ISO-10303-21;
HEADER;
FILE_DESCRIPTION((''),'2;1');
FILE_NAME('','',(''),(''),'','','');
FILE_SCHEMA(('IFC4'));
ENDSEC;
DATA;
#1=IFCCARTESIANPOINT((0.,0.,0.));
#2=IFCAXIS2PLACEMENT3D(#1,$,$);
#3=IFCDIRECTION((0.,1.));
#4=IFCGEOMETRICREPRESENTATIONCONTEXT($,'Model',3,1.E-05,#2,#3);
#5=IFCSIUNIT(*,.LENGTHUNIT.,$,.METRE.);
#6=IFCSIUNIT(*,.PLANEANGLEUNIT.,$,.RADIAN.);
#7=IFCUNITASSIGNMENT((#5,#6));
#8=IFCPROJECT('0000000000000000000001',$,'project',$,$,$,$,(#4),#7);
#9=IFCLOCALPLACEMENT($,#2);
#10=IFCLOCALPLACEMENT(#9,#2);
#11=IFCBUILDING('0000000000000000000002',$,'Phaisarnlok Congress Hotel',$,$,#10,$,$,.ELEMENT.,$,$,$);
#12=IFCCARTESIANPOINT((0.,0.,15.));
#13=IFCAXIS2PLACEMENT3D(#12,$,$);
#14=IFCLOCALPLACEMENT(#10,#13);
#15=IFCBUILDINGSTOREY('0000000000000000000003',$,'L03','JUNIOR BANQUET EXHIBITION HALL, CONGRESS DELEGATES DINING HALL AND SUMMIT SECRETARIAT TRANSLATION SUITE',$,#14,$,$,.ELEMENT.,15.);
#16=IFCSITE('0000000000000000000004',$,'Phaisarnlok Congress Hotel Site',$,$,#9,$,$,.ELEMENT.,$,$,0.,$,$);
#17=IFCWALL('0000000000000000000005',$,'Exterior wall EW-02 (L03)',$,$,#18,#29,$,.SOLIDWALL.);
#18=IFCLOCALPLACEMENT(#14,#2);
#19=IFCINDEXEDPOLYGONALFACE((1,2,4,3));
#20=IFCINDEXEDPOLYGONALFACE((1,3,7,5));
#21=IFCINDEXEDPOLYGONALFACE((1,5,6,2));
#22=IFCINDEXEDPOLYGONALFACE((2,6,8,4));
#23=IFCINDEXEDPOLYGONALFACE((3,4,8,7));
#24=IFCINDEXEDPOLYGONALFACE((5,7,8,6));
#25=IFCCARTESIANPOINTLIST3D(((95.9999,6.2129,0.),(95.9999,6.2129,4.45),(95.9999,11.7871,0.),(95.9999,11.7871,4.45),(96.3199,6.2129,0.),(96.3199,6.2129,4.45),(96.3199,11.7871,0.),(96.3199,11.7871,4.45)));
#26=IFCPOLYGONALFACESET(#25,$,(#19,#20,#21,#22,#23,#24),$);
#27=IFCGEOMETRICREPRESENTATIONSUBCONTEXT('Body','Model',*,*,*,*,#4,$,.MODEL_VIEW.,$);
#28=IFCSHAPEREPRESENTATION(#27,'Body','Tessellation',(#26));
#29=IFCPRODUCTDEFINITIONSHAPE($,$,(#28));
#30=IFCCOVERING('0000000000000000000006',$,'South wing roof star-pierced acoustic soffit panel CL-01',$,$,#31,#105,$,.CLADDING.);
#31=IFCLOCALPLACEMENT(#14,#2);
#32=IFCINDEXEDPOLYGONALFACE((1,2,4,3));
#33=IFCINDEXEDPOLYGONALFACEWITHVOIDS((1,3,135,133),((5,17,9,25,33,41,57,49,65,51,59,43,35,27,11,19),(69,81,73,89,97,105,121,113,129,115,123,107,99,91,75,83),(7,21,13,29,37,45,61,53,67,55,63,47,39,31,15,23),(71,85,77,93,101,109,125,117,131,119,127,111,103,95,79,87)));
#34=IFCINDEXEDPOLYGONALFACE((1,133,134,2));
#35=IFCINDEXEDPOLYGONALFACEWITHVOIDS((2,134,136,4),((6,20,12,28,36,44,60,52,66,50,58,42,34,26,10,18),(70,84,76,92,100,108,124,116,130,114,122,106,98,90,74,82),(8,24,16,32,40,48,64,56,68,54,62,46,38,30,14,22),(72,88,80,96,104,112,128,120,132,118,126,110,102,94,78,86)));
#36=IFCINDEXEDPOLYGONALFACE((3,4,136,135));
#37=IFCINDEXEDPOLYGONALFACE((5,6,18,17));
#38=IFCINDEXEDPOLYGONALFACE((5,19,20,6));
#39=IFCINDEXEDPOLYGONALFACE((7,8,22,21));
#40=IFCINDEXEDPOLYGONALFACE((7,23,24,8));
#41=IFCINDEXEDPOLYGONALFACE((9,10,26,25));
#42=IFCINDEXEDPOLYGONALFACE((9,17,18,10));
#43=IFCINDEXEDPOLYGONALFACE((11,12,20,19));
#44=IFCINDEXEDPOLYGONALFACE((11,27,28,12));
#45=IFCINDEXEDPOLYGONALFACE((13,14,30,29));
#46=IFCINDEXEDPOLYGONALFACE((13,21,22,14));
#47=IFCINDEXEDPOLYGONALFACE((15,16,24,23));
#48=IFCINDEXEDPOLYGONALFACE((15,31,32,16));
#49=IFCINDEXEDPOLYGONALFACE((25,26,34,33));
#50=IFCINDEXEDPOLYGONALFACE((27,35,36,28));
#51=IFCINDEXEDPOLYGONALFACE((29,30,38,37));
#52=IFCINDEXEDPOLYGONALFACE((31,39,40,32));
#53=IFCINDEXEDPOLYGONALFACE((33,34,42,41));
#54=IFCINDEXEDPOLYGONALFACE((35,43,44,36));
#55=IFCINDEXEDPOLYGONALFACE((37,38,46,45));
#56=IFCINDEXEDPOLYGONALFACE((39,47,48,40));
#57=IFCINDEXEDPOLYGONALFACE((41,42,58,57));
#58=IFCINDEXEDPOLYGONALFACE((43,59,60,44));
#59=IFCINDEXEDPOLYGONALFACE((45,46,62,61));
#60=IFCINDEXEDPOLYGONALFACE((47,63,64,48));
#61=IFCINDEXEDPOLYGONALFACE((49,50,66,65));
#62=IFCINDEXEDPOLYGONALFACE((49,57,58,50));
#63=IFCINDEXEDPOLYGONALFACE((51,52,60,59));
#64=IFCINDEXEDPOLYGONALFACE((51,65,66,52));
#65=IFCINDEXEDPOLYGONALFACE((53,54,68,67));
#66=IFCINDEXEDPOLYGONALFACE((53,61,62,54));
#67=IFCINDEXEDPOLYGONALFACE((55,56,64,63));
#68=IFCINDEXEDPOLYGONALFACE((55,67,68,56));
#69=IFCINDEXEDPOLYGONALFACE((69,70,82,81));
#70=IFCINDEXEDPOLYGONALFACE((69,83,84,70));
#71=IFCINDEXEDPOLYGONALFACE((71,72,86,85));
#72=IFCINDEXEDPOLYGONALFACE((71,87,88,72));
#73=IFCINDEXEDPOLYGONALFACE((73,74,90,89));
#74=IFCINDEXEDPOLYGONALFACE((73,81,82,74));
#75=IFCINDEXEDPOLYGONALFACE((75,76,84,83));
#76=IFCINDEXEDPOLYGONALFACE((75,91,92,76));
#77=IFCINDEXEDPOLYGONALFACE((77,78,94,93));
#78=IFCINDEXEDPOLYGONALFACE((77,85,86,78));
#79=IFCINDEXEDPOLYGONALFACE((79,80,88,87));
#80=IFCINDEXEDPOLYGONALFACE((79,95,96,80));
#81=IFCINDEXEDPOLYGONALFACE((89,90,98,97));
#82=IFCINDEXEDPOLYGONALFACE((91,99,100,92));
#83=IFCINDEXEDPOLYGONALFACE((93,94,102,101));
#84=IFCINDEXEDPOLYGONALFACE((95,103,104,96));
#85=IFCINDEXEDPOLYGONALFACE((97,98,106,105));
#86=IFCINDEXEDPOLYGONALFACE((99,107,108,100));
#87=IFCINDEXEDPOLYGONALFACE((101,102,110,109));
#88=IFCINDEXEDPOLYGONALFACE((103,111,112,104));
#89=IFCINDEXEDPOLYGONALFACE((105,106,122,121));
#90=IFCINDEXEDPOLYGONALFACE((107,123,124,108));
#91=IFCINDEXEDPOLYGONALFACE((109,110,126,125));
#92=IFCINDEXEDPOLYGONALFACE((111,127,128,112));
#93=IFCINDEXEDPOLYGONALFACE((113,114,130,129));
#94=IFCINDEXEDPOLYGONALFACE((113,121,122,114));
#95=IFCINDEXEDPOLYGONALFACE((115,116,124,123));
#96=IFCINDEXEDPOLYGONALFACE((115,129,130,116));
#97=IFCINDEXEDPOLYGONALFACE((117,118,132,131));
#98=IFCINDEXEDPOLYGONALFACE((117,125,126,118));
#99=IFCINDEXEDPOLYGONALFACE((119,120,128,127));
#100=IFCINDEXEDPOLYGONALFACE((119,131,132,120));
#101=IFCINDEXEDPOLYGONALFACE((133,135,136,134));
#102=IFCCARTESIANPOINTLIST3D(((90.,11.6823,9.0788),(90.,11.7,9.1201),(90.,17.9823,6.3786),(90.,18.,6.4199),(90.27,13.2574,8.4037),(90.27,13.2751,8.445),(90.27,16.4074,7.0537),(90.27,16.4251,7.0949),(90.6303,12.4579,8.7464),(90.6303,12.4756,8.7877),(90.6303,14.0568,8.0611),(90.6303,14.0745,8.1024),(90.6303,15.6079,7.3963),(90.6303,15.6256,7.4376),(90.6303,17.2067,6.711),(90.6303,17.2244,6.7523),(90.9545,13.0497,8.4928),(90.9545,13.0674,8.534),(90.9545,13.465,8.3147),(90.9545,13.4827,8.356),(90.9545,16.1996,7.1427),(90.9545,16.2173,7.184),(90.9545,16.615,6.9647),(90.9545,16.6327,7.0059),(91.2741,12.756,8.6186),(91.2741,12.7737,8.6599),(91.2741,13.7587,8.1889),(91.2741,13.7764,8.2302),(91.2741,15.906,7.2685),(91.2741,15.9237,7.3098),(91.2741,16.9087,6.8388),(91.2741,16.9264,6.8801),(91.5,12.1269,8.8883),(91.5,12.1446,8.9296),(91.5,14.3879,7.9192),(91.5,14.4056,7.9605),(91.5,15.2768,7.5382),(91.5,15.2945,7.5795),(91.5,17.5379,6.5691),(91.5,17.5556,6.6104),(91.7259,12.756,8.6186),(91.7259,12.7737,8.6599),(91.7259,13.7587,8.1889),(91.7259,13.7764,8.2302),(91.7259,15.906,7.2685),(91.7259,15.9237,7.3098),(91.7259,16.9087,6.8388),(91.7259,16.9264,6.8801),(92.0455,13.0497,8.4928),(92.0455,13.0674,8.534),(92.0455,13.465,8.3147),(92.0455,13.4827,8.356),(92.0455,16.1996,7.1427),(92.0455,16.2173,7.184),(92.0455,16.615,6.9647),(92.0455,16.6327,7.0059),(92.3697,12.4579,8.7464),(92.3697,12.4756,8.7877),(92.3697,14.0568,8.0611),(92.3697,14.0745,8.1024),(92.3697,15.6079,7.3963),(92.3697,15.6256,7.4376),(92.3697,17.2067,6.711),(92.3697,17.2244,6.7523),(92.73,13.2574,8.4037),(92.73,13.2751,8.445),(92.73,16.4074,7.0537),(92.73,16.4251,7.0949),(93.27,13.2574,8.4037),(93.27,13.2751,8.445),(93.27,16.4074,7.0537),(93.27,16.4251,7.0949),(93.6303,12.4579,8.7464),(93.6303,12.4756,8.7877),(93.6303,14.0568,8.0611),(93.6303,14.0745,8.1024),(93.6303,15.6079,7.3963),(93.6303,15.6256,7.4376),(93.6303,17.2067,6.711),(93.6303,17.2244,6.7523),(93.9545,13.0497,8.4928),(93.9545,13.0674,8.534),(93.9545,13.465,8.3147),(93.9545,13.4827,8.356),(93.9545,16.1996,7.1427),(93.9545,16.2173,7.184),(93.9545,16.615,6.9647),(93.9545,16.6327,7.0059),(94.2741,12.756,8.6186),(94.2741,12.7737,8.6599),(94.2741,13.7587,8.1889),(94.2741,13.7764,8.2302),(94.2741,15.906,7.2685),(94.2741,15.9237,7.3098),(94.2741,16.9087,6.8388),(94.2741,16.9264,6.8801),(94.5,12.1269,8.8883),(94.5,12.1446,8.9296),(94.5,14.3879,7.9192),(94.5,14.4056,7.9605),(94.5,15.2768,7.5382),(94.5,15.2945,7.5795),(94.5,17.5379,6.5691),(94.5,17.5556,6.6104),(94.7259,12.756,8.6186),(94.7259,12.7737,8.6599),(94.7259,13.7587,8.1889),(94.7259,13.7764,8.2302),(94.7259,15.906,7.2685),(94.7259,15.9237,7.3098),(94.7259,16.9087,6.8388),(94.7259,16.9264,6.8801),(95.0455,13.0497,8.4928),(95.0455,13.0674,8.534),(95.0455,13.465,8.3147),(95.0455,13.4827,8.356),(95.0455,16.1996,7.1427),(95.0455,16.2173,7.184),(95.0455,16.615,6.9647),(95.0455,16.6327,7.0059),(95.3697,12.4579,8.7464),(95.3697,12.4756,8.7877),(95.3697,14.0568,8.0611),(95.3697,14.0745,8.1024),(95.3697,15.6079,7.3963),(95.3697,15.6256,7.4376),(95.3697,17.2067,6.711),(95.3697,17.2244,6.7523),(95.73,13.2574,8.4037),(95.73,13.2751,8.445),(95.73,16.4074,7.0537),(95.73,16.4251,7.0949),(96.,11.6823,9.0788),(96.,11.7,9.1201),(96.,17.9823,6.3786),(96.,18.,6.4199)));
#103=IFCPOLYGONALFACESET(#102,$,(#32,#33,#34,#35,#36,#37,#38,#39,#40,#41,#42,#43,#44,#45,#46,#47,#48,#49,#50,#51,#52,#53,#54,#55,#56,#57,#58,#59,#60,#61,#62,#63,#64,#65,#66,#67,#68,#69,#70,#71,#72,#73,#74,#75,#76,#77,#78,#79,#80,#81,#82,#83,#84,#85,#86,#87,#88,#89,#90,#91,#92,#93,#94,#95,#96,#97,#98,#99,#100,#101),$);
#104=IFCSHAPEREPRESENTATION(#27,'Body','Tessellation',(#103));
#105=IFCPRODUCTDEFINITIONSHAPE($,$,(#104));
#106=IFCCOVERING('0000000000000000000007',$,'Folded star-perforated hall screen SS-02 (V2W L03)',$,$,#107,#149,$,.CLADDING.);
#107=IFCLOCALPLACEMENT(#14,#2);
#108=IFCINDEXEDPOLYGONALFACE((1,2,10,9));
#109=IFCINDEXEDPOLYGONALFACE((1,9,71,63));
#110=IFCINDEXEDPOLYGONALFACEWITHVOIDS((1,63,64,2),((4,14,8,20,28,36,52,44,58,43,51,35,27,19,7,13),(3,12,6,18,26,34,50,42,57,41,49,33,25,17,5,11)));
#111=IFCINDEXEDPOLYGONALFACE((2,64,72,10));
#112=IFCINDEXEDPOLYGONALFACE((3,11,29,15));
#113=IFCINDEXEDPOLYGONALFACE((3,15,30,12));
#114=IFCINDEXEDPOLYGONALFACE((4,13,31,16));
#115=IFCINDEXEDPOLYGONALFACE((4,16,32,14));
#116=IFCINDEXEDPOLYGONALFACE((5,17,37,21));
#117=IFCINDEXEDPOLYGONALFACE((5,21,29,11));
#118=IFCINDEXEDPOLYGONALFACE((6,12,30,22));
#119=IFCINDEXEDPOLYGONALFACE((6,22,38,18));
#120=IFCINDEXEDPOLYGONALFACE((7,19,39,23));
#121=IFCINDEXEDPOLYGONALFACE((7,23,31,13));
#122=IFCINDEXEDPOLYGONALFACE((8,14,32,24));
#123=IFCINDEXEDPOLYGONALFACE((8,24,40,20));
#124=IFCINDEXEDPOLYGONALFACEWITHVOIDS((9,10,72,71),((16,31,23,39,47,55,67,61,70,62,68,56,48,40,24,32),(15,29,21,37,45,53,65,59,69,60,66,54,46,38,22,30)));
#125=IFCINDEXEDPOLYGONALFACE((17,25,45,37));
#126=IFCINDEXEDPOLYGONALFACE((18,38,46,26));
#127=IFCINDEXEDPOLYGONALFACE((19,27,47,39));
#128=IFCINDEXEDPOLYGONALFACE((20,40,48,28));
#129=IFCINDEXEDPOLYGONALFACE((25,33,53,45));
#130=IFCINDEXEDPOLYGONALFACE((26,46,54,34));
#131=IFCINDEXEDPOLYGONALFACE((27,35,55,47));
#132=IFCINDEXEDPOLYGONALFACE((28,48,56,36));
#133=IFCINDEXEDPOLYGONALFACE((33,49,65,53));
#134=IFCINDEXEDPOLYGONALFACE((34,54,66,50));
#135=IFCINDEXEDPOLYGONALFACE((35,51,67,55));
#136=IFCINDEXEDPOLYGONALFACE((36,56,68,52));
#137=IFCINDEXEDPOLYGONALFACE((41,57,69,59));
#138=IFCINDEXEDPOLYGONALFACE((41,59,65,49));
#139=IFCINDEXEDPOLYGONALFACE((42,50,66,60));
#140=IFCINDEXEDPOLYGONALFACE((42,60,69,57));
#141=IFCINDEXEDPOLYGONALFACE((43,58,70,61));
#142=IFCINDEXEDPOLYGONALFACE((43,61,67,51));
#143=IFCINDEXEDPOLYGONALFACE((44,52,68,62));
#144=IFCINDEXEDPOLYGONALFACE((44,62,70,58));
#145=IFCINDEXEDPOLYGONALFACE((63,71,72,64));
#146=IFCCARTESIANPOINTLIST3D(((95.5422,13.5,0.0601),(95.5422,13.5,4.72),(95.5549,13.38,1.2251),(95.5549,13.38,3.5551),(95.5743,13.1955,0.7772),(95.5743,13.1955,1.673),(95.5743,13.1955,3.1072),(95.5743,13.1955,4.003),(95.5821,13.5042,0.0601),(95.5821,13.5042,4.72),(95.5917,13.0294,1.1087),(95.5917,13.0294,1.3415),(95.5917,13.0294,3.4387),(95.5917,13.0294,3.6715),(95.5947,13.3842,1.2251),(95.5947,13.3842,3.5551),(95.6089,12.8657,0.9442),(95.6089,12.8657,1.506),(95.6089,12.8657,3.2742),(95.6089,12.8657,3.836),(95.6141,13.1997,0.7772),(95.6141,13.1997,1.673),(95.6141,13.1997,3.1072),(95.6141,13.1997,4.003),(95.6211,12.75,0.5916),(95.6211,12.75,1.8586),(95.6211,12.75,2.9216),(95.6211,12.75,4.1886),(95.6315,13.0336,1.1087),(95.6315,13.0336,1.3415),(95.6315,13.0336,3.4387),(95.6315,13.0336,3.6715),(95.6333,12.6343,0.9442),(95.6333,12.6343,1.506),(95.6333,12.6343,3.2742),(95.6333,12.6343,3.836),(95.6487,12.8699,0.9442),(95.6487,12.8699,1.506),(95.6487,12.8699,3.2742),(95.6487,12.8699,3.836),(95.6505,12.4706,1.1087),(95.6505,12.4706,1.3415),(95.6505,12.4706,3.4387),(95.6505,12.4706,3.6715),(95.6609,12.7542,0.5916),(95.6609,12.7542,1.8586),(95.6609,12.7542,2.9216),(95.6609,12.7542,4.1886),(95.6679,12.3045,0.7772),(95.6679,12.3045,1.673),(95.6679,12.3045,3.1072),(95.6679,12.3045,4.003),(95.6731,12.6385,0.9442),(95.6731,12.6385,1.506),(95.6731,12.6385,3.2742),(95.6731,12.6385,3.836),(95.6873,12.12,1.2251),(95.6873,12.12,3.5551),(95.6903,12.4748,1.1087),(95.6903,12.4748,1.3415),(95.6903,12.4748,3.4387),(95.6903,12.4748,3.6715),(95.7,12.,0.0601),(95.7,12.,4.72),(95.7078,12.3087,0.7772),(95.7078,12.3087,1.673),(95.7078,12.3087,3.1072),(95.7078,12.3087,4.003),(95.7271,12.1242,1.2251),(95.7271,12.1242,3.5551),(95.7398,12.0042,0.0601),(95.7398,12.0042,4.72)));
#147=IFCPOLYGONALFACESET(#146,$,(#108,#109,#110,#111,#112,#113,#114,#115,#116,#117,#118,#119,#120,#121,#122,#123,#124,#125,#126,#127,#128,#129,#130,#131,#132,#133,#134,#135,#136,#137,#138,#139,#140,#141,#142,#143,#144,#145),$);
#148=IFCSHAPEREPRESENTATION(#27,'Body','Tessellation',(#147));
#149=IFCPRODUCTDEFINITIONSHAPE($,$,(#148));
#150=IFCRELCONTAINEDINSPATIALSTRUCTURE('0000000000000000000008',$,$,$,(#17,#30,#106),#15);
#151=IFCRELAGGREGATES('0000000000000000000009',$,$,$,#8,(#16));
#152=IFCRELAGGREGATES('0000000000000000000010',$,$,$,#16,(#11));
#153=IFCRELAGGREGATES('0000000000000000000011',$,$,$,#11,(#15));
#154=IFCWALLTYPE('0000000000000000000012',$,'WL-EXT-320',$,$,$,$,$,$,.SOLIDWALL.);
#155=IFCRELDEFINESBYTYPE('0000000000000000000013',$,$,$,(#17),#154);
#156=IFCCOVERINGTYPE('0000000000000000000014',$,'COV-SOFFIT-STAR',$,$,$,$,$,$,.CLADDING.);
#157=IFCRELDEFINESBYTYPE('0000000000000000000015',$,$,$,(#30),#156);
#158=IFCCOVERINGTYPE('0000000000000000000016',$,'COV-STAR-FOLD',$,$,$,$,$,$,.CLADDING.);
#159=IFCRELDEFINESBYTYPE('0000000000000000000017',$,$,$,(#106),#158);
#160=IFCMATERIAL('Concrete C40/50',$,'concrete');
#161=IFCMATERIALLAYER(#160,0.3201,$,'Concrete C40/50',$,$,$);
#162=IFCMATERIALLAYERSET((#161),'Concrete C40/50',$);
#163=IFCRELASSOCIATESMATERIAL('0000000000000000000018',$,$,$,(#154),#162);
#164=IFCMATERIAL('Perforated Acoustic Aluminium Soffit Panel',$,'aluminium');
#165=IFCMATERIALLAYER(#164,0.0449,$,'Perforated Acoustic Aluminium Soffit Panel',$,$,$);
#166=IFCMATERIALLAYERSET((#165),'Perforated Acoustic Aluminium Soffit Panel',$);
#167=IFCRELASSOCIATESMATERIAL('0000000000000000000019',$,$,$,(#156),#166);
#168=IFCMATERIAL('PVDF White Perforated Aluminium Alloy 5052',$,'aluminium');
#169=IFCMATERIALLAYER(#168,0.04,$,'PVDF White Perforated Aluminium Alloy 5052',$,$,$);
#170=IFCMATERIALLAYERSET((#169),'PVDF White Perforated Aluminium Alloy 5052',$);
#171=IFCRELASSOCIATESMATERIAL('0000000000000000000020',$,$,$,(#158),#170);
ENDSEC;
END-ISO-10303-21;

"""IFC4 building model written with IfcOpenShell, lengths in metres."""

from ifc_helpers import new_model, si_unit, direction, frame, frame_2d, origin, place, context, subcontext, project, spatial, polyline, rectangle, outline, extrude, material, layer, layer_set, type_object, element, save


model = new_model("IFC4")

# Units and contexts
model_context = context("Model", 3, precision=1e-05, world=origin(), true_north=direction((0.0, 1.0)))
body_context = subcontext(model_context, "Body", "Model", "MODEL_VIEW")
ifc_project = project(units=[si_unit("LENGTHUNIT", "METRE"), si_unit("PLANEANGLEUNIT", "RADIAN")], contexts=[model_context])

# Site, building, storey
site_placement = place(None, origin())
site = spatial("IfcSite", under=ifc_project, at=site_placement, Name="Phaisarnlok Congress Hotel Site", CompositionType="ELEMENT", RefElevation=0.0)
building_placement = place(site_placement, origin())
building = spatial("IfcBuilding", under=site, at=building_placement, Name="Phaisarnlok Congress Hotel", CompositionType="ELEMENT")
storey_placement = place(building_placement, frame((0.0, 0.0, 15.0)))
storey = spatial("IfcBuildingStorey", under=building, at=storey_placement, Name="L03", Description="JUNIOR BANQUET EXHIBITION HALL, CONGRESS DELEGATES DINING HALL AND SUMMIT SECRETARIAT TRANSLATION SUITE", CompositionType="ELEMENT", Elevation=15.0)

# Wall
ifc_material_1 = material(Name="Concrete C40/50", Category="concrete")
ifc_layer_1 = layer(ifc_material_1, 0.3201, Name="Concrete C40/50")
ifc_layer_set_1 = layer_set([ifc_layer_1], Name="Concrete C40/50")
wall_type = type_object("IfcWallType", Name="WL-EXT-320", PredefinedType="SOLIDWALL", material=ifc_layer_set_1)
for number, where, z_axis, x_axis, name in (
    (1, (96.1599, 11.7871, 0.0), (0.0, 0.0, 1.0), (0.0, -1.0, 0.0), "Exterior wall EW-02 (L03)"),
):
    element("IfcWall", number, at=place(storey_placement, frame(where, z_axis=z_axis, x_axis=x_axis)), inside=storey, type_object=wall_type, Name=name, PredefinedType="SOLIDWALL", context=body_context, shape_type="SweptSolid", body=[
        extrude(rectangle(XDim=5.5742, YDim=0.3201, at=frame_2d((2.7871, 0.0))), origin(), (0.0, 0.0, 1.0), 4.45),
    ])

# Coverings
ifc_material_2 = material(Name="Perforated Acoustic Aluminium Soffit Panel", Category="aluminium")
ifc_layer_2 = layer(ifc_material_2, 0.0449, Name="Perforated Acoustic Aluminium Soffit Panel")
ifc_layer_set_2 = layer_set([ifc_layer_2], Name="Perforated Acoustic Aluminium Soffit Panel")
covering_type_1 = type_object("IfcCoveringType", Name="COV-SOFFIT-STAR", PredefinedType="CLADDING", material=ifc_layer_set_2)
covering_placement = place(storey_placement, frame((90.0, 18.0, 6.4199), z_axis=(0.0, -0.393941, -0.919136), x_axis=(1.0, 0.0, 0.0)))
element("IfcCovering", 2, at=covering_placement, inside=storey, type_object=covering_type_1, Name="South wing roof star-pierced acoustic soffit panel CL-01", PredefinedType="CLADDING", context=body_context, shape_type="SweptSolid", body=[
    extrude(outline(polyline([(0.0, 0.0), (6.0, 0.0), (6.0, 6.8543), (0.0, 6.8543), (0.0, 0.0)]), holes=[polyline([(2.0455, 1.4876), (2.3697, 0.8438), (1.7259, 1.1681), (1.5, 0.4835), (1.2741, 1.1681), (0.6303, 0.8438), (0.9545, 1.4876), (0.27, 1.7135), (0.9545, 1.9395), (0.6303, 2.5833), (1.2741, 2.259), (1.5, 2.9435), (1.7259, 2.259), (2.3697, 2.5833), (2.0455, 1.9395), (2.73, 1.7135), (2.0455, 1.4876)]), polyline([(2.0455, 4.9147), (2.3697, 4.2709), (1.7259, 4.5952), (1.5, 3.9106), (1.2741, 4.5952), (0.6303, 4.2709), (0.9545, 4.9147), (0.27, 5.1406), (0.9545, 5.3666), (0.6303, 6.0104), (1.2741, 5.6861), (1.5, 6.3706), (1.7259, 5.6861), (2.3697, 6.0104), (2.0455, 5.3666), (2.73, 5.1406), (2.0455, 4.9147)]), polyline([(5.0455, 1.4876), (5.3697, 0.8438), (4.7259, 1.1681), (4.5, 0.4835), (4.2741, 1.1681), (3.6303, 0.8438), (3.9545, 1.4876), (3.27, 1.7135), (3.9545, 1.9395), (3.6303, 2.5833), (4.2741, 2.259), (4.5, 2.9435), (4.7259, 2.259), (5.3697, 2.5833), (5.0455, 1.9395), (5.73, 1.7135), (5.0455, 1.4876)]), polyline([(5.0455, 4.9147), (5.3697, 4.2709), (4.7259, 4.5952), (4.5, 3.9106), (4.2741, 4.5952), (3.6303, 4.2709), (3.9545, 4.9147), (3.27, 5.1406), (3.9545, 5.3666), (3.6303, 6.0104), (4.2741, 5.6861), (4.5, 6.3706), (4.7259, 5.6861), (5.3697, 6.0104), (5.0455, 5.3666), (5.73, 5.1406), (5.0455, 4.9147)])]), origin(), (0.0, 0.0, 1.0), 0.0449),
])
ifc_material_3 = material(Name="PVDF White Perforated Aluminium Alloy 5052", Category="aluminium")
ifc_layer_3 = layer(ifc_material_3, 0.04, Name="PVDF White Perforated Aluminium Alloy 5052")
ifc_layer_set_3 = layer_set([ifc_layer_3], Name="PVDF White Perforated Aluminium Alloy 5052")
covering_type_2 = type_object("IfcCoveringType", Name="COV-STAR-FOLD", PredefinedType="CLADDING", material=ifc_layer_set_3)
for number, where, z_axis, x_axis, name in (
    (3, (95.7, 12.0, 0.0601), (0.994518, 0.104567, 0.0), (-0.104567, 0.994518, 0.0), "Folded star-perforated hall screen SS-02 (V2W L03)"),
):
    element("IfcCovering", number, at=place(storey_placement, frame(where, z_axis=z_axis, x_axis=x_axis)), inside=storey, type_object=covering_type_2, Name=name, PredefinedType="CLADDING", context=body_context, shape_type="SweptSolid", body=[
        extrude(outline(polyline([(0.0, 0.0), (1.5083, 0.0), (1.5083, 4.6599), (0.0, 4.6599), (0.0, 0.0)]), holes=[polyline([(1.0351, 1.0486), (1.2021, 0.7171), (0.8705, 0.8841), (0.7541, 0.5315), (0.6378, 0.8841), (0.3062, 0.7171), (0.4732, 1.0486), (0.1207, 1.165), (0.4732, 1.2814), (0.3062, 1.6129), (0.6378, 1.4459), (0.7541, 1.7985), (0.8705, 1.4459), (1.2021, 1.6129), (1.0351, 1.2814), (1.3876, 1.165), (1.0351, 1.0486)]), polyline([(1.0351, 3.3786), (1.2021, 3.0471), (0.8705, 3.2141), (0.7541, 2.8615), (0.6378, 3.2141), (0.3062, 3.0471), (0.4732, 3.3786), (0.1207, 3.495), (0.4732, 3.6114), (0.3062, 3.9429), (0.6378, 3.7759), (0.7541, 4.1285), (0.8705, 3.7759), (1.2021, 3.9429), (1.0351, 3.6114), (1.3876, 3.495), (1.0351, 3.3786)])]), origin(), (0.0, 0.0, 1.0), 0.04),
    ])

save(model, "model.ifc")
